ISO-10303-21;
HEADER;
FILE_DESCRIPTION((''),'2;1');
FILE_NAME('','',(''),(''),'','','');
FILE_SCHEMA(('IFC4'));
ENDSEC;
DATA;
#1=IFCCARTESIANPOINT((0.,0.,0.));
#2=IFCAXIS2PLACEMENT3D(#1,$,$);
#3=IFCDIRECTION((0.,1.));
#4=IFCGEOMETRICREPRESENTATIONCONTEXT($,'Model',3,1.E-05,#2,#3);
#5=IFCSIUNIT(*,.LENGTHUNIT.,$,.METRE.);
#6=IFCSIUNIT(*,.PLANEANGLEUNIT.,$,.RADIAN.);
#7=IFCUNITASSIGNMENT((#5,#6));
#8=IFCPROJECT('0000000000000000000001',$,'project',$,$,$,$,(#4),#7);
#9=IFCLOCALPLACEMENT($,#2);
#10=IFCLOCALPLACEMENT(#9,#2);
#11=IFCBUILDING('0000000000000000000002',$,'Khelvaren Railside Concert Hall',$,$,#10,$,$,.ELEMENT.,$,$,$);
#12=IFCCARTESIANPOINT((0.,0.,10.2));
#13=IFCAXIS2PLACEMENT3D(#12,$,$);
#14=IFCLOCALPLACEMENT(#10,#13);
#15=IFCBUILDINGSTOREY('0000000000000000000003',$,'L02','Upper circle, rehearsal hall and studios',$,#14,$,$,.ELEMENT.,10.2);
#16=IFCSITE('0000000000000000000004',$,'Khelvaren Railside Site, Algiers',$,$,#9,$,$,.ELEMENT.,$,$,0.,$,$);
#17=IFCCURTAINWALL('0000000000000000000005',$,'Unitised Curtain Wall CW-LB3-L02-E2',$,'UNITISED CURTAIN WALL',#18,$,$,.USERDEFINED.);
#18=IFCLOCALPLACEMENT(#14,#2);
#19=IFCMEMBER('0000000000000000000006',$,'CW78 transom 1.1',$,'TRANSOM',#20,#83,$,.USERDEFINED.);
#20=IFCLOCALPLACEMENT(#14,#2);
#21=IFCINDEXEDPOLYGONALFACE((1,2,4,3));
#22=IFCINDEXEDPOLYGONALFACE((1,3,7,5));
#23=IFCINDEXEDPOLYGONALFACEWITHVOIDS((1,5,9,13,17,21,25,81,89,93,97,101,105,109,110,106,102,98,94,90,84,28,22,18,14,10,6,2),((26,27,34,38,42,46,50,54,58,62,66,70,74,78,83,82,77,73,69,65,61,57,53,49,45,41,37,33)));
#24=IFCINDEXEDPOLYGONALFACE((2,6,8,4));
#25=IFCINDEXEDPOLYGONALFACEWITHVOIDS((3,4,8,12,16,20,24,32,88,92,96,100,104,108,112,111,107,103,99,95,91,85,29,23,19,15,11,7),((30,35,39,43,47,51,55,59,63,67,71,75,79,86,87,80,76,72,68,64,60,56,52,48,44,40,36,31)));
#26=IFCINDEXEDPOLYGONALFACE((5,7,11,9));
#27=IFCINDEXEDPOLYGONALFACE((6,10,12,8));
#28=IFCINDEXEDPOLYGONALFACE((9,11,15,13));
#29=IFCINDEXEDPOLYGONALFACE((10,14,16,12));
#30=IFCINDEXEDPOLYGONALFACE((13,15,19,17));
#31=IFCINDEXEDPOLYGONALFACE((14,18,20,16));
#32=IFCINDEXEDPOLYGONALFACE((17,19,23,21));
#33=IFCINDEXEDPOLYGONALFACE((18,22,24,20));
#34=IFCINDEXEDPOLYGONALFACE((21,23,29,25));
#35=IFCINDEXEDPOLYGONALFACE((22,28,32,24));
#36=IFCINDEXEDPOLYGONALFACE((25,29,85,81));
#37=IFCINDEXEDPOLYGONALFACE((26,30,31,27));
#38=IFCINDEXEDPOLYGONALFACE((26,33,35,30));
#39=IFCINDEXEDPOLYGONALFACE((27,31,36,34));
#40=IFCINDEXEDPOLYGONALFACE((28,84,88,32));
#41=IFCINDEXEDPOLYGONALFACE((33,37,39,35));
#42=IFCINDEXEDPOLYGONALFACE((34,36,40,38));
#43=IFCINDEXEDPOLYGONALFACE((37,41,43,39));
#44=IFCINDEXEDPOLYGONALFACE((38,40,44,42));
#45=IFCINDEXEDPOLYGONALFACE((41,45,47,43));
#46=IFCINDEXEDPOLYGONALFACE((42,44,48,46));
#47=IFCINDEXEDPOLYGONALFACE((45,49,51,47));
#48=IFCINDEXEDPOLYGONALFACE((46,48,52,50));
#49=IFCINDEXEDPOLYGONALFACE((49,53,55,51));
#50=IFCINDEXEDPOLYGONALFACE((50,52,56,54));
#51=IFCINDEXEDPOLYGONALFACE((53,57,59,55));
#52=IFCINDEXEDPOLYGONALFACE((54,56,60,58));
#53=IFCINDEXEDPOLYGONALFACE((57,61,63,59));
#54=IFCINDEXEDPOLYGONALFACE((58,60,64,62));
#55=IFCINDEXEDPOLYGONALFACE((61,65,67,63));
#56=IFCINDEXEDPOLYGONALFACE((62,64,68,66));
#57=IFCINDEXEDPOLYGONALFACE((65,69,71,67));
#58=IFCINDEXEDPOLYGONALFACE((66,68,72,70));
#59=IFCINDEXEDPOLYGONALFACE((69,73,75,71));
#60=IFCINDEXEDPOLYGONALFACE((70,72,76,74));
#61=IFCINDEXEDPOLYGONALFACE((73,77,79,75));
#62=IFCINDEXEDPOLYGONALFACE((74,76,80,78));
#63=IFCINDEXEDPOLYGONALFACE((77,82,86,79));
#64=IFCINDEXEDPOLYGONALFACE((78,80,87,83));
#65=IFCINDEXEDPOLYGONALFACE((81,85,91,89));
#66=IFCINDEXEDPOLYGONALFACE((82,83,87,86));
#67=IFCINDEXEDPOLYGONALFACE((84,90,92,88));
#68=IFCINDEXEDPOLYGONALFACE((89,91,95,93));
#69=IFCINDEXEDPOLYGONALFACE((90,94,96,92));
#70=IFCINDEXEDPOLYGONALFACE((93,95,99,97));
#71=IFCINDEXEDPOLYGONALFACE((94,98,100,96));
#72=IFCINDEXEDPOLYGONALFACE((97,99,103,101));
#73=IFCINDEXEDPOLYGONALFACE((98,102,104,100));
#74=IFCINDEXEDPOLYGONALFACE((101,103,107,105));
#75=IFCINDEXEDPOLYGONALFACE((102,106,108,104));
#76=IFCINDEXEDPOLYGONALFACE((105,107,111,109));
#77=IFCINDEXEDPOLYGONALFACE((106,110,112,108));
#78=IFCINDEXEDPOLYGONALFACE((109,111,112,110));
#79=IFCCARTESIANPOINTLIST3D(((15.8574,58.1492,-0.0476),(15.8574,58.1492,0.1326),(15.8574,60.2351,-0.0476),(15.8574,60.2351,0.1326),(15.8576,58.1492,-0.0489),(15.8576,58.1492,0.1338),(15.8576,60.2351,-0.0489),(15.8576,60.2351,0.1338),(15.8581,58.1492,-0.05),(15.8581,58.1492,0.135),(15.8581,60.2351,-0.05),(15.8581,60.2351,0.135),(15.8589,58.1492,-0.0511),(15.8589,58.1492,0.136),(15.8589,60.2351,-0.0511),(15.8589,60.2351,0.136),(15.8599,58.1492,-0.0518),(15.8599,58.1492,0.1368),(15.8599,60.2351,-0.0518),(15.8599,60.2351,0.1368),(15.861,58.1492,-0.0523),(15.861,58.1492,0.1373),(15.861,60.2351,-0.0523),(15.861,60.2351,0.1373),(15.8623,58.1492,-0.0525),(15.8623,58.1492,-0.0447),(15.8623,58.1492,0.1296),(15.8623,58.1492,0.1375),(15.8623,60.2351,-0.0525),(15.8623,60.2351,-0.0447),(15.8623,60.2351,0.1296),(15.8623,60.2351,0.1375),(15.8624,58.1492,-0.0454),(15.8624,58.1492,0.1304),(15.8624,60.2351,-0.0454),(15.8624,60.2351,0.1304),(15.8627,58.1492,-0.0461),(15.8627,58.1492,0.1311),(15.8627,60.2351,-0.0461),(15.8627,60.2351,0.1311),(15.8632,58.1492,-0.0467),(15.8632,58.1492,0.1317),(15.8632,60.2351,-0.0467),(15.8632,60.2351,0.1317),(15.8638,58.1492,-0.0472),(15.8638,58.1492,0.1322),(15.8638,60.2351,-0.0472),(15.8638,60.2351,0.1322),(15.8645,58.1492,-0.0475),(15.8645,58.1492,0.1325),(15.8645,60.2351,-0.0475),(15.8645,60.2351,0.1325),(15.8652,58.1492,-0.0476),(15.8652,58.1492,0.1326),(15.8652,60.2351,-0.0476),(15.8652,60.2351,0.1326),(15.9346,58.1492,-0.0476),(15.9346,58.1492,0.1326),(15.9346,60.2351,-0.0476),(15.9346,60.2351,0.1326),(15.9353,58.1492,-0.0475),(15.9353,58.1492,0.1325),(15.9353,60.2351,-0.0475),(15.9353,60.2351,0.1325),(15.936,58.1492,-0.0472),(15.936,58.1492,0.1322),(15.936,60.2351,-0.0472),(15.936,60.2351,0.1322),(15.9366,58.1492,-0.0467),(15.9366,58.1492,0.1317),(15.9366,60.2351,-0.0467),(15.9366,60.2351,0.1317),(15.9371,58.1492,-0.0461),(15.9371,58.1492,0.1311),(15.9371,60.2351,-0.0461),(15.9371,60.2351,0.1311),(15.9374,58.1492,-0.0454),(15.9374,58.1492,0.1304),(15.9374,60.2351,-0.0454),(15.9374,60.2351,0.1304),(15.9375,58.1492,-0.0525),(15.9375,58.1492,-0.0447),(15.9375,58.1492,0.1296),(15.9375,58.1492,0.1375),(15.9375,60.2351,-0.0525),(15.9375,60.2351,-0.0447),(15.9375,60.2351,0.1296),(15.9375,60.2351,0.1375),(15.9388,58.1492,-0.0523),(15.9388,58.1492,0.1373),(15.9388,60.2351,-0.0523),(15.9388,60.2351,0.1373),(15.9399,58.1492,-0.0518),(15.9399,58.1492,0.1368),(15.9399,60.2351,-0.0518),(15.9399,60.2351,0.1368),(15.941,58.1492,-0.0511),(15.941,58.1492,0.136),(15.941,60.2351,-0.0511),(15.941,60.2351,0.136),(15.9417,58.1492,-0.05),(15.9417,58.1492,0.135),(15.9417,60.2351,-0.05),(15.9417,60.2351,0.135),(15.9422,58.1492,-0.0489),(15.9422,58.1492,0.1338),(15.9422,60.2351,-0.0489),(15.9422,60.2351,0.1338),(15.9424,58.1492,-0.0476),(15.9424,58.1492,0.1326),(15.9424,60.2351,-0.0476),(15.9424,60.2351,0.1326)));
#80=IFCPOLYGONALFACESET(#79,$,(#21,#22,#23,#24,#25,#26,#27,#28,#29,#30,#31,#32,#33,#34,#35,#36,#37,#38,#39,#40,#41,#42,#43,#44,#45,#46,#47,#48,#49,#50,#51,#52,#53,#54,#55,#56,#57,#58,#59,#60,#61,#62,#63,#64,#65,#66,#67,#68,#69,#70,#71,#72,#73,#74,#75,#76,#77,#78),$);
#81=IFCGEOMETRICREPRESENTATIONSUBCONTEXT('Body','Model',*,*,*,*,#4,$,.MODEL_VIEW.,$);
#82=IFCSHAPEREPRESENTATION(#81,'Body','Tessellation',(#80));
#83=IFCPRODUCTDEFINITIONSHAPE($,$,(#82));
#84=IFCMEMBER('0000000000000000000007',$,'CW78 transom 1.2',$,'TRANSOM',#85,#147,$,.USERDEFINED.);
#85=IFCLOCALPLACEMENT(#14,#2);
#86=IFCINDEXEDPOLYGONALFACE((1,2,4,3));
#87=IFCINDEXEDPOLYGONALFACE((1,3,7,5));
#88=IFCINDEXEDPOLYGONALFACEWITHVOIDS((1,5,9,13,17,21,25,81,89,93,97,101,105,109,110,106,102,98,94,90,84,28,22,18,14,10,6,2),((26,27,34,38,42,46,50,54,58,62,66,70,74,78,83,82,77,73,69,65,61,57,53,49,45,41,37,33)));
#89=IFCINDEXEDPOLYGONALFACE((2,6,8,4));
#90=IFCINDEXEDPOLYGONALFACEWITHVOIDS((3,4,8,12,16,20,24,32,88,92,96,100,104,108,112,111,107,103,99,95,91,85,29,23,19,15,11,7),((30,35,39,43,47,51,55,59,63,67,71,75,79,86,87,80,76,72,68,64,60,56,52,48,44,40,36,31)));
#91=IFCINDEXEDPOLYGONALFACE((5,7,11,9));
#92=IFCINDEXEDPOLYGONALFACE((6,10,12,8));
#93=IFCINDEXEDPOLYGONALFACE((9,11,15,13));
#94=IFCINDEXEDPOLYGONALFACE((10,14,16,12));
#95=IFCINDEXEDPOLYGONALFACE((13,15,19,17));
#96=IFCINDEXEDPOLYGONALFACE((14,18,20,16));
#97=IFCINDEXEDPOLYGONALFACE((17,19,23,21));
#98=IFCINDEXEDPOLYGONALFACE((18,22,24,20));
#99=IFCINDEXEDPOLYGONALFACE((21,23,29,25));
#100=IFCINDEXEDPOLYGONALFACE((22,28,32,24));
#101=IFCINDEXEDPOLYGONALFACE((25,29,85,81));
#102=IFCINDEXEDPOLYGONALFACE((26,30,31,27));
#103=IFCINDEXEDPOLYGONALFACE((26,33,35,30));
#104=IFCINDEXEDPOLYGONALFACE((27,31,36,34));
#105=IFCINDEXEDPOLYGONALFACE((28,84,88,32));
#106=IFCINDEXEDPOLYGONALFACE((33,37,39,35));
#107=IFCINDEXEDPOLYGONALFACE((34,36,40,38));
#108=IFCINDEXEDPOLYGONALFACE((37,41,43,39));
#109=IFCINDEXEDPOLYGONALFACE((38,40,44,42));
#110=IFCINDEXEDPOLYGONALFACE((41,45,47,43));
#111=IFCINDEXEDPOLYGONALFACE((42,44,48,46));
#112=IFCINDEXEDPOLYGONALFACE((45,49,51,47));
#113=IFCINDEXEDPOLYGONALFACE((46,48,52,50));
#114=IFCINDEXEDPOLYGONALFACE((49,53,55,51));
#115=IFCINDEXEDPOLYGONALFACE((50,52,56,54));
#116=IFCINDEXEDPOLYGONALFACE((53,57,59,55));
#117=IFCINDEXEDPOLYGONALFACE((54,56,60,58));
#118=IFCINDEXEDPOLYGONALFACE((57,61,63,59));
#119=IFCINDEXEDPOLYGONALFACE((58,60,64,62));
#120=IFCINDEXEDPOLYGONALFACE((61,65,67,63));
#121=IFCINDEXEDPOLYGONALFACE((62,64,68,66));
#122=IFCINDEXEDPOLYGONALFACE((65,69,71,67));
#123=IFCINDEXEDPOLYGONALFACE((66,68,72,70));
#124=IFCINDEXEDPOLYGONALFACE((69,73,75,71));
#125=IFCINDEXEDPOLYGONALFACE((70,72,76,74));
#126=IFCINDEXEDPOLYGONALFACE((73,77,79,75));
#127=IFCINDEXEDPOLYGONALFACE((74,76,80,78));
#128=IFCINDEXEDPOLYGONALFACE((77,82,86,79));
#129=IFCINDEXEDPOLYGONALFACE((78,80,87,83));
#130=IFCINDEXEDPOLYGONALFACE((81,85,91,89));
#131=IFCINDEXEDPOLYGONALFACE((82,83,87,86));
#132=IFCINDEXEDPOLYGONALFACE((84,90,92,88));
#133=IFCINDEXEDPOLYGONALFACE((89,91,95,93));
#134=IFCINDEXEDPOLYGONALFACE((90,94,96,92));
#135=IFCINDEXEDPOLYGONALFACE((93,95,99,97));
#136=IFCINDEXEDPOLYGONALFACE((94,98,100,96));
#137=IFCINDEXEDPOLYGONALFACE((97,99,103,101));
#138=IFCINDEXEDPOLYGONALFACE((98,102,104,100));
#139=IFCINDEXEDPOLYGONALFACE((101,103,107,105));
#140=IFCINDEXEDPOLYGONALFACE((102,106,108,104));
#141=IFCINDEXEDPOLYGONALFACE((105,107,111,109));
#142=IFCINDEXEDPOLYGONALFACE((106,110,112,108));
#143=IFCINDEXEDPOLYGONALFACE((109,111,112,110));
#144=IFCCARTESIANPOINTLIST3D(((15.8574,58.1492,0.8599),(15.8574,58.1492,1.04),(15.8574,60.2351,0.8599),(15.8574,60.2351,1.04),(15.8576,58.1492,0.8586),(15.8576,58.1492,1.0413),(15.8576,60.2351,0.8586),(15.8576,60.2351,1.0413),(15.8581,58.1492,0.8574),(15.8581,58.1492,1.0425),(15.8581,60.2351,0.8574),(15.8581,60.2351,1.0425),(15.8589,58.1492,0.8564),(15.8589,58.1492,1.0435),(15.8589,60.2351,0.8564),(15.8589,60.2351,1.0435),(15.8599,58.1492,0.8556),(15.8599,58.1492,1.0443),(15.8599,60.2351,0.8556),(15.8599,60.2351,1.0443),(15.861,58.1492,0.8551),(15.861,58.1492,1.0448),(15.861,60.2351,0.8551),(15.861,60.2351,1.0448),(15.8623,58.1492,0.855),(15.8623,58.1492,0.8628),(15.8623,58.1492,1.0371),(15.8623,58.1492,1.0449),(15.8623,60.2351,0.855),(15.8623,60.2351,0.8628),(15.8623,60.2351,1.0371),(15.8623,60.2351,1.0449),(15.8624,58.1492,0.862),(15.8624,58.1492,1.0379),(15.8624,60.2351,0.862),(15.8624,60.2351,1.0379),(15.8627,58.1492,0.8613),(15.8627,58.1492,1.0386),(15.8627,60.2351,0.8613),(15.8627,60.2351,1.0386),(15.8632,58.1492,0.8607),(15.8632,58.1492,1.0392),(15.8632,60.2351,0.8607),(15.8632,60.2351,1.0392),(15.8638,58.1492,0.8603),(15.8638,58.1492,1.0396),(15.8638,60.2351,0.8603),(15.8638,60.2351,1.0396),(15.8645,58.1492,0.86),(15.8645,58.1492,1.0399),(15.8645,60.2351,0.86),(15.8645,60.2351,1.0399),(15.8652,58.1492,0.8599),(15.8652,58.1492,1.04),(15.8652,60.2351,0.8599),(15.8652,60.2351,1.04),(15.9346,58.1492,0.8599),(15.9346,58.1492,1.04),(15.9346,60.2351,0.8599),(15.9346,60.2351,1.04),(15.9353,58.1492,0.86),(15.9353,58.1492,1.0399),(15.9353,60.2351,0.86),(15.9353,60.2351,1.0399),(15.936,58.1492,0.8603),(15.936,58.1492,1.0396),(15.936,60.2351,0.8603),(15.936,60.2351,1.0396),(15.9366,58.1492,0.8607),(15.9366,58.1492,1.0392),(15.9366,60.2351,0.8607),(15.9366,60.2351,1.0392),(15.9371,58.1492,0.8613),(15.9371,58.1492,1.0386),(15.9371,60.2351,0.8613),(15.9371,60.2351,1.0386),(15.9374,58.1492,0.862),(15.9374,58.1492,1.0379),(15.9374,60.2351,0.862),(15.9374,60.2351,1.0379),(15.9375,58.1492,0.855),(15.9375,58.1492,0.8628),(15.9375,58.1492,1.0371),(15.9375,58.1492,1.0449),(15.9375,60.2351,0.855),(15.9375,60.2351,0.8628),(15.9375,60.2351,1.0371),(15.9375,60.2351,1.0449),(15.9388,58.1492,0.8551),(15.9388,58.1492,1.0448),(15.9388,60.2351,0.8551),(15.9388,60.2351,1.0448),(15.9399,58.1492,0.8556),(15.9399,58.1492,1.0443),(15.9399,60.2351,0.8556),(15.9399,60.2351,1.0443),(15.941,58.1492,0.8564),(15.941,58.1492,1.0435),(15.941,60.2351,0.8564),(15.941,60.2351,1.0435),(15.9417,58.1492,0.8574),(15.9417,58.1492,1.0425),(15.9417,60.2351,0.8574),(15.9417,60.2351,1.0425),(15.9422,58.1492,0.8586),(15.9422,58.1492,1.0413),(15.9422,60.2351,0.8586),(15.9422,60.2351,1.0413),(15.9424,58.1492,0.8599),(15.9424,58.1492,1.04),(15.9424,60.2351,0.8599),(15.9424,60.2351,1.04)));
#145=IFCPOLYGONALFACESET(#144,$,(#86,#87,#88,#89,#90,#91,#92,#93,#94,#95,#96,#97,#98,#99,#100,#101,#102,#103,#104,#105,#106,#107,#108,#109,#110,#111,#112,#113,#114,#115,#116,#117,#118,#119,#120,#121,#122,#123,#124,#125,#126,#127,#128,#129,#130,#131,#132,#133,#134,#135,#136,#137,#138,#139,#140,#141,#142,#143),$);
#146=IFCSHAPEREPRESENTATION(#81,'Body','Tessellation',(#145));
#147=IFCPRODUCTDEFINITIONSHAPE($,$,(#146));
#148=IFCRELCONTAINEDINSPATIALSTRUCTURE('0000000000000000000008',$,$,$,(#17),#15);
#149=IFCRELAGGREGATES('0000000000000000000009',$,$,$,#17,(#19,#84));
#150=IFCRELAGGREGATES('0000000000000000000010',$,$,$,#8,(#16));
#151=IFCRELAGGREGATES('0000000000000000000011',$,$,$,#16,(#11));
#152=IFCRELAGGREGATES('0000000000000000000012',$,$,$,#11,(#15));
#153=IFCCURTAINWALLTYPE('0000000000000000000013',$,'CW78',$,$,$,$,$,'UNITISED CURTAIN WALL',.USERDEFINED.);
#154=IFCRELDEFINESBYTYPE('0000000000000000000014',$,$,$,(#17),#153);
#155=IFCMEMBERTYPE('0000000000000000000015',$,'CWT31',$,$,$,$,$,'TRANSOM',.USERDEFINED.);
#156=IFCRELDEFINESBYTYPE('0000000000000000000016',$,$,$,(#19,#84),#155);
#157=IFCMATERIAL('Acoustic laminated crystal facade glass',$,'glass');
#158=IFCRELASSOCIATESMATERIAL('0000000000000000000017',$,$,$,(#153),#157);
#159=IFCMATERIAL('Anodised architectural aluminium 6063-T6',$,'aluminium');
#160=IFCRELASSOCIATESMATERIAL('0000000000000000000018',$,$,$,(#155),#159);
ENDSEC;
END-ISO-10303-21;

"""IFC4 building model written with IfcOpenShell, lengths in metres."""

from ifc_helpers import new_model, si_unit, direction, frame, origin, origin_2d, place, context, subcontext, project, spatial, hollow_rectangle, extrude, material, material_profile, profile_set, type_object, element, aggregate, save


model = new_model("IFC4")

# Units and contexts
model_context = context("Model", 3, precision=1e-05, world=origin(), true_north=direction((0.0, 1.0)))
body_context = subcontext(model_context, "Body", "Model", "MODEL_VIEW")
ifc_project = project(units=[si_unit("LENGTHUNIT", "METRE"), si_unit("PLANEANGLEUNIT", "RADIAN")], contexts=[model_context])

# Site, building, storey
site_placement = place(None, origin())
site = spatial("IfcSite", under=ifc_project, at=site_placement, Name="Khelvaren Railside Site, Algiers", CompositionType="ELEMENT", RefElevation=0.0)
building_placement = place(site_placement, origin())
building = spatial("IfcBuilding", under=site, at=building_placement, Name="Khelvaren Railside Concert Hall", CompositionType="ELEMENT")
storey_placement = place(building_placement, frame((0.0, 0.0, 10.2)))
storey = spatial("IfcBuildingStorey", under=building, at=storey_placement, Name="L02", Description="Upper circle, rehearsal hall and studios", CompositionType="ELEMENT", Elevation=10.2)

# Curtain wall
ifc_material_1 = material(Name="Acoustic laminated crystal facade glass", Category="glass")
curtain_wall_type = type_object("IfcCurtainWallType", Name="CW78", ElementType="UNITISED CURTAIN WALL", PredefinedType="USERDEFINED", material=ifc_material_1)
curtain_wall_1_placement = place(storey_placement, origin())
curtain_wall_1 = element("IfcCurtainWall", 1, at=curtain_wall_1_placement, inside=storey, type_object=curtain_wall_type, Name="Unitised Curtain Wall CW-LB3-L02-E2", ObjectType="UNITISED CURTAIN WALL", PredefinedType="USERDEFINED")
ifc_material_2 = material(Name="Anodised architectural aluminium 6063-T6", Category="aluminium")

# Members
ifc_material_profile_1 = material_profile(ifc_material_2, hollow_rectangle(XDim=0.085, YDim=0.1899, WallThickness=0.0049, InnerFilletRadius=0.0029, OuterFilletRadius=0.0049, at=origin_2d()), Name="CWT 85x190x5")
ifc_profile_set_1 = profile_set([ifc_material_profile_1], Name="Anodised architectural aluminium 6063-T6")
member_type_1 = type_object("IfcMemberType", Name="CWT31", ElementType="TRANSOM", PredefinedType="USERDEFINED", material=ifc_profile_set_1)
member_1_placement = place(storey_placement, frame((15.8999, 60.2351, 0.0425), z_axis=(0.0, -1.0, 0.0), x_axis=(1.0, 0.0, 0.0)))
member_1 = element("IfcMember", 2, at=member_1_placement, type_object=member_type_1, Name="CW78 transom 1.1", ObjectType="TRANSOM", PredefinedType="USERDEFINED", context=body_context, shape_type="SweptSolid", body=[
    extrude(hollow_rectangle(XDim=0.085, YDim=0.1899, WallThickness=0.0049, InnerFilletRadius=0.0029, OuterFilletRadius=0.0049, at=origin_2d()), origin(), (0.0, 0.0, 1.0), 2.0859),
])
member_2_placement = place(storey_placement, frame((15.8999, 60.2351, 0.95), z_axis=(0.0, -1.0, 0.0), x_axis=(1.0, 0.0, 0.0)))
member_2 = element("IfcMember", 3, at=member_2_placement, type_object=member_type_1, Name="CW78 transom 1.2", ObjectType="TRANSOM", PredefinedType="USERDEFINED", context=body_context, shape_type="SweptSolid", body=[
    extrude(hollow_rectangle(XDim=0.085, YDim=0.1899, WallThickness=0.0049, InnerFilletRadius=0.0029, OuterFilletRadius=0.0049, at=origin_2d()), origin(), (0.0, 0.0, 1.0), 2.0859),
])

aggregate(curtain_wall_1, [member_1, member_2])

save(model, "model.ifc")
